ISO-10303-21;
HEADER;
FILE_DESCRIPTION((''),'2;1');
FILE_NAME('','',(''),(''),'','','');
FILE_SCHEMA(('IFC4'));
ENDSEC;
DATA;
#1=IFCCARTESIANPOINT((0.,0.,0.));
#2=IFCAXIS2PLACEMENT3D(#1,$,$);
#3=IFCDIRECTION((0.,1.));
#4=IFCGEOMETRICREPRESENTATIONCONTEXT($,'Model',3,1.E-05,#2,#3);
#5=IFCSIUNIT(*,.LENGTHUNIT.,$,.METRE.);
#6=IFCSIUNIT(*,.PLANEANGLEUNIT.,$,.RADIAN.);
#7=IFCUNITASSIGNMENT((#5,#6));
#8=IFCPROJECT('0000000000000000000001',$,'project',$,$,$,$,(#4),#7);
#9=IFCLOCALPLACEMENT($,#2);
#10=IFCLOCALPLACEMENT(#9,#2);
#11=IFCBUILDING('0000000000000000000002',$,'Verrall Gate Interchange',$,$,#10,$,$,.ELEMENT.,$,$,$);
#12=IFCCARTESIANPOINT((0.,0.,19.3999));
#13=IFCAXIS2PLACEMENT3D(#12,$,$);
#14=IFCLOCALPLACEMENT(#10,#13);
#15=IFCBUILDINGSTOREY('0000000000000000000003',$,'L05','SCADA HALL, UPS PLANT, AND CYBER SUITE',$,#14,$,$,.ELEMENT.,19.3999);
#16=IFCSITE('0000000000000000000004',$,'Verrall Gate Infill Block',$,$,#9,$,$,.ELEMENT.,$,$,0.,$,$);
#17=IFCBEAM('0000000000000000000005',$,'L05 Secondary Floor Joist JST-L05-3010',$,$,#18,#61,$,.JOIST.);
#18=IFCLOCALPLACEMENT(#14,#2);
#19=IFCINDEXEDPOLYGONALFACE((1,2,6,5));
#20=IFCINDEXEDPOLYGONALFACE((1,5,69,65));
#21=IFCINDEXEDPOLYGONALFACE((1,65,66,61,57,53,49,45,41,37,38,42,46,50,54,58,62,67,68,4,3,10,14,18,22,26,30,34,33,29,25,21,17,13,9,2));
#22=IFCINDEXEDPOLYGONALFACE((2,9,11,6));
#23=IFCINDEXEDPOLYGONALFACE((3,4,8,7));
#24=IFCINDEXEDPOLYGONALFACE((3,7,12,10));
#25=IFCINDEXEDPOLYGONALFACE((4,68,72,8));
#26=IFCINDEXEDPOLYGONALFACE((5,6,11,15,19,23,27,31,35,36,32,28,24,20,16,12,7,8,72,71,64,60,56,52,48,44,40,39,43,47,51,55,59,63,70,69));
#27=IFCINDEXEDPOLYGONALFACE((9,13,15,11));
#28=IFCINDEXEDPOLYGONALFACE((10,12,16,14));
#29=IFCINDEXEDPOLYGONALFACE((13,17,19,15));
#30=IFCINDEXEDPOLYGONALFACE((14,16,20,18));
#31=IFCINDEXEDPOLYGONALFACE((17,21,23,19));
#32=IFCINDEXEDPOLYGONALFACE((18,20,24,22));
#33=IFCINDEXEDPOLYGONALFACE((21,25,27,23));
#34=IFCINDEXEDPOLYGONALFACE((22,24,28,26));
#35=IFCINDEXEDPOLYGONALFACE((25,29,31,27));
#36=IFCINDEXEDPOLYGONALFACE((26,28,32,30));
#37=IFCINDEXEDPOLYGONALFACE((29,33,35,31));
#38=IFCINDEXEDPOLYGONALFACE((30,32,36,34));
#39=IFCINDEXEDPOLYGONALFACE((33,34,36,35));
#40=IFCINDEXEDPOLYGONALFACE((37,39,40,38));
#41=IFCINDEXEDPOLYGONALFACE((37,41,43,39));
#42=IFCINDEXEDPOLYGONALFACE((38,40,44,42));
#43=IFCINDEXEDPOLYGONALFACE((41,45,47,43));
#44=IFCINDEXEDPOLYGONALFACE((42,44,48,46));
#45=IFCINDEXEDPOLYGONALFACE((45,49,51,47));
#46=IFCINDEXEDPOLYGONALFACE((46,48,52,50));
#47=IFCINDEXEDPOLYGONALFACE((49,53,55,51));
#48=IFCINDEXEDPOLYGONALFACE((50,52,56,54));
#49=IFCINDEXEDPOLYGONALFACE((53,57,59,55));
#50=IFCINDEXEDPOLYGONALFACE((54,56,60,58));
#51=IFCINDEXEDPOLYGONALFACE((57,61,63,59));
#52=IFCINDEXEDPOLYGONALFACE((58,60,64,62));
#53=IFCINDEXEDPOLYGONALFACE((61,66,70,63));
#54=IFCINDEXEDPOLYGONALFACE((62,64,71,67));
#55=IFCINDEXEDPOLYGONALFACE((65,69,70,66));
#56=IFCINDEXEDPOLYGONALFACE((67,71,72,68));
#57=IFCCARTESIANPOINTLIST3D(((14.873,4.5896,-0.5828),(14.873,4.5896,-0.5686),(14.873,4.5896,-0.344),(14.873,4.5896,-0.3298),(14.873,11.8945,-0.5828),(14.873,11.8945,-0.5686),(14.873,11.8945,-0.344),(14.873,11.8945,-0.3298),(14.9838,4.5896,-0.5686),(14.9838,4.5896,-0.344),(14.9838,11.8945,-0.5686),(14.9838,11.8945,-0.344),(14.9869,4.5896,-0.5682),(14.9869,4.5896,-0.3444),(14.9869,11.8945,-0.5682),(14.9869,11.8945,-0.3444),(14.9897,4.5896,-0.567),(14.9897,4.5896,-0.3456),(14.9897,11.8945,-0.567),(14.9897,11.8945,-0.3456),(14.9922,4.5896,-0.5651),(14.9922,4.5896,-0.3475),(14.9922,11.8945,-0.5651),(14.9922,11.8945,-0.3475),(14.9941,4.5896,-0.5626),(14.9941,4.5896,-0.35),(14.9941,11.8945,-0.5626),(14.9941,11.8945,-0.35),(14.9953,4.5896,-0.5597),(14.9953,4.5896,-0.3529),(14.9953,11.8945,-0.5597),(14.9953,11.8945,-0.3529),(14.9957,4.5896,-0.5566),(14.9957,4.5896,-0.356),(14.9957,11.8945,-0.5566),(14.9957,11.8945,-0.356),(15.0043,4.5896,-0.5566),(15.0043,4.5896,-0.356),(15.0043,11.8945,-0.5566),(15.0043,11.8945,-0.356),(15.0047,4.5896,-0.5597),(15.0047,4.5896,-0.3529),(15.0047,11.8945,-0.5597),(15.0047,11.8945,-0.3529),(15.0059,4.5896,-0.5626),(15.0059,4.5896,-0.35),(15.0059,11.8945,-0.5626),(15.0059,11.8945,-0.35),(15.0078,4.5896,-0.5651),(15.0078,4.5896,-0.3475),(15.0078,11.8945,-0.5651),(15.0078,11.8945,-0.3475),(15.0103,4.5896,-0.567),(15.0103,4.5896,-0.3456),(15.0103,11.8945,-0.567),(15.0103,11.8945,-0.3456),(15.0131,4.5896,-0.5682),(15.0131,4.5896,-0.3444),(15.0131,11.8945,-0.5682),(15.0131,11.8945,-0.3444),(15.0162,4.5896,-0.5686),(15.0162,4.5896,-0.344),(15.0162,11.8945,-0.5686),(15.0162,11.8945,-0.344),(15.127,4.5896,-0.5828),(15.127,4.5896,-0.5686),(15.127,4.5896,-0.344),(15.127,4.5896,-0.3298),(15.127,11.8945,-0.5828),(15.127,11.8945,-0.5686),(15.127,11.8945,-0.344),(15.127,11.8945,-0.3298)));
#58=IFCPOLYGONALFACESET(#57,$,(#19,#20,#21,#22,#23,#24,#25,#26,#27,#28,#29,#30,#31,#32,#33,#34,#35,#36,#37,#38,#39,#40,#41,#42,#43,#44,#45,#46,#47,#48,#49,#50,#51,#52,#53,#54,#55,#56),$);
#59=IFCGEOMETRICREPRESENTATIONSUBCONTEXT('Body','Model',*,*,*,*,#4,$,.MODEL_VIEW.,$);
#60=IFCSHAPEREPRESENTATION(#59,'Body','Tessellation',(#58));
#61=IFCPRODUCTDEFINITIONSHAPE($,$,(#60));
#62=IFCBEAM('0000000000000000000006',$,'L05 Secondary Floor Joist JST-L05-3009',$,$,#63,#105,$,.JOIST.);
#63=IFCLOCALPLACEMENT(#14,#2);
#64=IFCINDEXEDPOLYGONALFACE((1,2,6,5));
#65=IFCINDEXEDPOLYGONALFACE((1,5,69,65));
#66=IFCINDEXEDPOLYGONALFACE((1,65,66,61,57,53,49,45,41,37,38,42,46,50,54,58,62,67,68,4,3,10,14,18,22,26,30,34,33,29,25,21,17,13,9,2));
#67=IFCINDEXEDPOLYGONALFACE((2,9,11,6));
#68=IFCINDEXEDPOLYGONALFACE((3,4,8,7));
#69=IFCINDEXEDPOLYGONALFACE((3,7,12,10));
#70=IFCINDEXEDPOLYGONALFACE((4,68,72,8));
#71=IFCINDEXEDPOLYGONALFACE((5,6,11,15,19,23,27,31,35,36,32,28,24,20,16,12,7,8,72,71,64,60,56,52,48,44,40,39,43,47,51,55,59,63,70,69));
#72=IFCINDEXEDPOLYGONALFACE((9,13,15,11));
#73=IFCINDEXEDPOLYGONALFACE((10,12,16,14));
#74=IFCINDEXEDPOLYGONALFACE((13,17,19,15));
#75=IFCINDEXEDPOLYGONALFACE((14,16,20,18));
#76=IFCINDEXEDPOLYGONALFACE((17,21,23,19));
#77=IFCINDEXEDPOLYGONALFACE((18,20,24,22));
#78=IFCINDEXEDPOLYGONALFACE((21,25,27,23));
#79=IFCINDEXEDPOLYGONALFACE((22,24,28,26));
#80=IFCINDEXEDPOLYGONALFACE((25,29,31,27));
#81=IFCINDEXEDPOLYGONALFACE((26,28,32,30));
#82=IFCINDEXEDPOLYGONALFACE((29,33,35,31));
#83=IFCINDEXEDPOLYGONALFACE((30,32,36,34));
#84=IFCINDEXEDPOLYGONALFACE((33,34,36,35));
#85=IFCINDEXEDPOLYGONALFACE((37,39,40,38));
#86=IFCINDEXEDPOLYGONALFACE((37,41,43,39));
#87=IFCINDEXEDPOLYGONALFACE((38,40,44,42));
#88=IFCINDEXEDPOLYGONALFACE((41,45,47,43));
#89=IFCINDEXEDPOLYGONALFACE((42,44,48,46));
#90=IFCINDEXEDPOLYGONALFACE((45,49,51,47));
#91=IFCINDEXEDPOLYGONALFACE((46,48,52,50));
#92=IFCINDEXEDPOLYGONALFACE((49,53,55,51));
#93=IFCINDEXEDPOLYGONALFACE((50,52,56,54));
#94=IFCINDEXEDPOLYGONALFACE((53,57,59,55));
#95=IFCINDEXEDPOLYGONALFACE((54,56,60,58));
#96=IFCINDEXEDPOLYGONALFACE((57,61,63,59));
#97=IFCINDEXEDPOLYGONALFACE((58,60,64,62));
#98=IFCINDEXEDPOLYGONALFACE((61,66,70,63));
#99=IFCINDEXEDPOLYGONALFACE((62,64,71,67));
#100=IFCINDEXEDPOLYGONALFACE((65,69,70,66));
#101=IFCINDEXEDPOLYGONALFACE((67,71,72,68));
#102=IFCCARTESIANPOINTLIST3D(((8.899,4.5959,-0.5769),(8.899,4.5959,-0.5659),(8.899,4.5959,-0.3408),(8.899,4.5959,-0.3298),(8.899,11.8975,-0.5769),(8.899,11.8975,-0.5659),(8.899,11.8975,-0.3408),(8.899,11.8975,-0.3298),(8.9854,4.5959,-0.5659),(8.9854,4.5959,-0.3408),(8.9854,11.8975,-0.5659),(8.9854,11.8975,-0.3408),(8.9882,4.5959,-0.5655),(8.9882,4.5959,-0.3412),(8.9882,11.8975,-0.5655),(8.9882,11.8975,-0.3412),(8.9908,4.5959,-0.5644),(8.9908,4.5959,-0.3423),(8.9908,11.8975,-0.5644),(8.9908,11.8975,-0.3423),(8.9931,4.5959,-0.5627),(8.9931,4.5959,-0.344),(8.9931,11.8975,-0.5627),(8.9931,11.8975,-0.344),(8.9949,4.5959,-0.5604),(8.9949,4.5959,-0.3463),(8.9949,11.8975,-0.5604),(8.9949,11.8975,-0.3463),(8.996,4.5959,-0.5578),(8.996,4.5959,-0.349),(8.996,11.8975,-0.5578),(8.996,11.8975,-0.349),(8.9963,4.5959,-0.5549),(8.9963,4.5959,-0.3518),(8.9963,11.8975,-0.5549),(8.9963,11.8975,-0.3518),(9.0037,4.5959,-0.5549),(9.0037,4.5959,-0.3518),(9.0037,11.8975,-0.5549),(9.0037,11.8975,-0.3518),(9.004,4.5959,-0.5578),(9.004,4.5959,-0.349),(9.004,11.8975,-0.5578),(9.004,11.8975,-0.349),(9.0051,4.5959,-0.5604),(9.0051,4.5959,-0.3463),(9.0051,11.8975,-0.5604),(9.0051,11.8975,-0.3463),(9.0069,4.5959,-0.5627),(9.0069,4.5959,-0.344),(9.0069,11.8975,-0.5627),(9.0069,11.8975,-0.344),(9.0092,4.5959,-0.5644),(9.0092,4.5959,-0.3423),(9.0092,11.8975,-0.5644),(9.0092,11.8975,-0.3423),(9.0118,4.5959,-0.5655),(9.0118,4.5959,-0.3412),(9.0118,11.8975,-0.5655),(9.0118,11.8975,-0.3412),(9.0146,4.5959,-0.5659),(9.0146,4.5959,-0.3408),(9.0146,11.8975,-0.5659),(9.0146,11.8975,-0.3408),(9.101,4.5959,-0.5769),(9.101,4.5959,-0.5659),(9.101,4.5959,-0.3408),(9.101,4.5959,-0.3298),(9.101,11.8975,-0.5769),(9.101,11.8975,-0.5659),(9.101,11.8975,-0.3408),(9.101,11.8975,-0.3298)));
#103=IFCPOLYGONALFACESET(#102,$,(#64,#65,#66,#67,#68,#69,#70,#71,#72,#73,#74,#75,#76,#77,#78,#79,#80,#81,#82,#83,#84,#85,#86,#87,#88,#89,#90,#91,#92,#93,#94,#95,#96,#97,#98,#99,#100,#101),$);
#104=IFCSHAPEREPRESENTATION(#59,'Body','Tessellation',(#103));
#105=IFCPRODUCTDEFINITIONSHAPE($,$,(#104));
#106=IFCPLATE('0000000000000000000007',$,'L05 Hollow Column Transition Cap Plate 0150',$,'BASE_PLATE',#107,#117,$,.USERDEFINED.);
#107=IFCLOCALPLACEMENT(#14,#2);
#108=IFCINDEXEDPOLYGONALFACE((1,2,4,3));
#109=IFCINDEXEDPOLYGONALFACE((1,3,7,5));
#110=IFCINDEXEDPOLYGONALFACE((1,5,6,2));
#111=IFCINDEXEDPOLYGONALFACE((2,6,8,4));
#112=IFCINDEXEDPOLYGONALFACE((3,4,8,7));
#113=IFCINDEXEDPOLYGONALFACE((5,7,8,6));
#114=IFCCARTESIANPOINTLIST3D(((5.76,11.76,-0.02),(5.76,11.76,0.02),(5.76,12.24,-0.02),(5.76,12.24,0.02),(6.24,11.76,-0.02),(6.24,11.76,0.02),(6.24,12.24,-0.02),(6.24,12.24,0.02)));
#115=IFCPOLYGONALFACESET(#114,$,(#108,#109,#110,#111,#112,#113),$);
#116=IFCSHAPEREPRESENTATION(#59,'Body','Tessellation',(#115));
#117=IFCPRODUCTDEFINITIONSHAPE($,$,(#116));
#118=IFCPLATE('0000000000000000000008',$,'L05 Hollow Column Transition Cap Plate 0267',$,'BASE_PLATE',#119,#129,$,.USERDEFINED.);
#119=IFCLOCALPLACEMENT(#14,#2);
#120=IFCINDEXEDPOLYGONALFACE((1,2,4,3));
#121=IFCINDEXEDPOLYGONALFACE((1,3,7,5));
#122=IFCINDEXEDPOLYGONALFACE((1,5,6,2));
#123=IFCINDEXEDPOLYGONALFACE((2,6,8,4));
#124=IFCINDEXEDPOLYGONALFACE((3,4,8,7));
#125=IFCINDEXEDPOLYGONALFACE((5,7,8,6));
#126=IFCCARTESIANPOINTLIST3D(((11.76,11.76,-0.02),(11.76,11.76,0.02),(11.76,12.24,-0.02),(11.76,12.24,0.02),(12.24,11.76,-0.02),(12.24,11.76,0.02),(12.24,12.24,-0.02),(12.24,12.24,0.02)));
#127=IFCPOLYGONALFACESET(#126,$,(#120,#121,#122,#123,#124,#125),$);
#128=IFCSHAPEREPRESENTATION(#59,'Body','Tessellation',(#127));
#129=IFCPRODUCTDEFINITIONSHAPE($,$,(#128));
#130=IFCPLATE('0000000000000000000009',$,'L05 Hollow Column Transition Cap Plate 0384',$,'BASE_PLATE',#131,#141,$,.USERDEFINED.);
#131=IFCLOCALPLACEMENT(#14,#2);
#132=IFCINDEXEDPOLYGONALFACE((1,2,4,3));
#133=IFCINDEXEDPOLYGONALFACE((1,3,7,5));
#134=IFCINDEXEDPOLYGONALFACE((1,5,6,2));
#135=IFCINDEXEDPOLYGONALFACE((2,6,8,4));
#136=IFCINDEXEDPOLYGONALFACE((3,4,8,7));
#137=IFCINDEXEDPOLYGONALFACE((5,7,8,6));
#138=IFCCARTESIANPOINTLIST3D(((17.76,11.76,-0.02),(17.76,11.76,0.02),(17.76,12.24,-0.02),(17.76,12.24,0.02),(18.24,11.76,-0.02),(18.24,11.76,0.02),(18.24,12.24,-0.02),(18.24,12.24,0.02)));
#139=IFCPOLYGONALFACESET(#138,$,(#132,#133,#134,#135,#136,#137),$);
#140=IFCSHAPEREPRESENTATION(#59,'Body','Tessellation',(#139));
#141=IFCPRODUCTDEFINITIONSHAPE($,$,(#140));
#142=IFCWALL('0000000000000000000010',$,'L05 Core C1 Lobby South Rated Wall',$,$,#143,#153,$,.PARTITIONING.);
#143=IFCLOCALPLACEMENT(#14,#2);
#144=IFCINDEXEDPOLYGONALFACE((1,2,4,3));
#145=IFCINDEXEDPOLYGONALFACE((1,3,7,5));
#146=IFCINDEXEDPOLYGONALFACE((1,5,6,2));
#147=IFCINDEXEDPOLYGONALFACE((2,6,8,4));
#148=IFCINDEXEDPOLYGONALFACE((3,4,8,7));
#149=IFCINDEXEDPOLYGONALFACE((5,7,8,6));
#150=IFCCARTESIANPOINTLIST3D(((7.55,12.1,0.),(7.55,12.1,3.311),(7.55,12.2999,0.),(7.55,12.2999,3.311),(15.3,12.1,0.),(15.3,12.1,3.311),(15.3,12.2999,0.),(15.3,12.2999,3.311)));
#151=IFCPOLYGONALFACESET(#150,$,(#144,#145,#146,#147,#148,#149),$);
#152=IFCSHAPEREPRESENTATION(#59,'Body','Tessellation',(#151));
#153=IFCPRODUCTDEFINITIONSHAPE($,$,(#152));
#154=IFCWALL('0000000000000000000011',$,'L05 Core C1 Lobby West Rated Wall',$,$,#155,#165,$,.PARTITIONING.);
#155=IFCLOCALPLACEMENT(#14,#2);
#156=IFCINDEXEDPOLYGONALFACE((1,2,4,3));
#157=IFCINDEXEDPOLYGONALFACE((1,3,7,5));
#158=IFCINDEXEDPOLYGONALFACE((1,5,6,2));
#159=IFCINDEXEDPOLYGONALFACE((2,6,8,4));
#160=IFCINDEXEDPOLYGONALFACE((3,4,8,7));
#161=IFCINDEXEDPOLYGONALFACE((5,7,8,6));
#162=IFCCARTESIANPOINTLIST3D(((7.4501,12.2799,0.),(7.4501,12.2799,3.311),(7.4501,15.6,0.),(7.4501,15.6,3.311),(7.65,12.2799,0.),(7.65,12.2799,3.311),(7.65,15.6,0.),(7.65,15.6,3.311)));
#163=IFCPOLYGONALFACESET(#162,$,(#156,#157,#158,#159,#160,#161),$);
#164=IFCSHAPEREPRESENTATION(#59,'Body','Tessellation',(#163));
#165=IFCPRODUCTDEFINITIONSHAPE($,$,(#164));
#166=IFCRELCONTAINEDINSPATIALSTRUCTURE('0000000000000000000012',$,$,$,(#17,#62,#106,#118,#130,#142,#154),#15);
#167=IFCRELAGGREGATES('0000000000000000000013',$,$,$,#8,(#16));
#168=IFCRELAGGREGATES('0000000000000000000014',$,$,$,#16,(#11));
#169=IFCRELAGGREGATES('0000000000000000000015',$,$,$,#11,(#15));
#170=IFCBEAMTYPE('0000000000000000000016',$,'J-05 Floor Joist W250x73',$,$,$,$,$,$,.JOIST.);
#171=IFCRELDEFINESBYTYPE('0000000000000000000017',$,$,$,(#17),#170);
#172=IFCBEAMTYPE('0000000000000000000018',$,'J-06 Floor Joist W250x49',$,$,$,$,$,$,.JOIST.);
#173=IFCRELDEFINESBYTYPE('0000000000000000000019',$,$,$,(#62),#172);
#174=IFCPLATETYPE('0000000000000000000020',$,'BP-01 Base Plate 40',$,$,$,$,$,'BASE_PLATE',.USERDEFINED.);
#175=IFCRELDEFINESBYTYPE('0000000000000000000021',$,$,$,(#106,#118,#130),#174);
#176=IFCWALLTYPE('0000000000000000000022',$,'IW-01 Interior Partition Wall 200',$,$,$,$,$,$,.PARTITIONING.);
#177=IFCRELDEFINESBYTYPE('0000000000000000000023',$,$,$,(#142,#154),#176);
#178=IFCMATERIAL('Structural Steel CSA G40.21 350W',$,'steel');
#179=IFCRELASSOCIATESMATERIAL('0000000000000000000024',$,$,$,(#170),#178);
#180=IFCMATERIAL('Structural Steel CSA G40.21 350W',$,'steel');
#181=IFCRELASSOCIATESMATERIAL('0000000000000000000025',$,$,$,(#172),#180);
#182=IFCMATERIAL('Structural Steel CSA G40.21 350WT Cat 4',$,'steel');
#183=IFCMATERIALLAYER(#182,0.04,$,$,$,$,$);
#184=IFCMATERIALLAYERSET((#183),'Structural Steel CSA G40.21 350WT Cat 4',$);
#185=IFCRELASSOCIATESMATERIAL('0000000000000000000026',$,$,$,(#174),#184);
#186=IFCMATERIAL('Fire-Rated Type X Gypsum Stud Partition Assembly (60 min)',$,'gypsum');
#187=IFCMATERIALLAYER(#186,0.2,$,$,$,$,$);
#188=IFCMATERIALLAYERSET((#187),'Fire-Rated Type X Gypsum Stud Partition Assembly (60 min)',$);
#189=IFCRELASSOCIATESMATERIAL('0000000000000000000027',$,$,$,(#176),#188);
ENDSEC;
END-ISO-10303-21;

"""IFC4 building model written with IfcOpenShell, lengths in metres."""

from ifc_helpers import new_model, si_unit, direction, frame, frame_2d, origin, origin_2d, place, context, subcontext, project, spatial, rectangle, i_section, extrude, material, layer, layer_set, material_profile, profile_set, type_object, element, save


model = new_model("IFC4")

# Units and contexts
model_context = context("Model", 3, precision=1e-05, world=origin(), true_north=direction((0.0, 1.0)))
body_context = subcontext(model_context, "Body", "Model", "MODEL_VIEW")
ifc_project = project(units=[si_unit("LENGTHUNIT", "METRE"), si_unit("PLANEANGLEUNIT", "RADIAN")], contexts=[model_context])

# Site, building, storey
site_placement = place(None, origin())
site = spatial("IfcSite", under=ifc_project, at=site_placement, Name="Verrall Gate Infill Block", CompositionType="ELEMENT", RefElevation=0.0)
building_placement = place(site_placement, origin())
building = spatial("IfcBuilding", under=site, at=building_placement, Name="Verrall Gate Interchange", CompositionType="ELEMENT")
storey_placement = place(building_placement, frame((0.0, 0.0, 19.3999)))
storey = spatial("IfcBuildingStorey", under=building, at=storey_placement, Name="L05", Description="SCADA HALL, UPS PLANT, AND CYBER SUITE", CompositionType="ELEMENT", Elevation=19.3999)

# Beams
ifc_material_1 = material(Name="Structural Steel CSA G40.21 350W", Category="steel")
ifc_material_profile_1 = material_profile(ifc_material_1, i_section(OverallWidth=0.2539, OverallDepth=0.2529, WebThickness=0.0085, FlangeThickness=0.0142, FilletRadius=0.012, at=origin_2d()), Name="W250x73")
ifc_profile_set_1 = profile_set([ifc_material_profile_1], Name="Structural Steel CSA G40.21 350W")
beam_type_1 = type_object("IfcBeamType", Name="J-05 Floor Joist W250x73", PredefinedType="JOIST", material=ifc_profile_set_1)
beam_1_placement = place(storey_placement, frame((15.0, 4.5896, -0.4563), z_axis=(0.0, 1.0, 0.0), x_axis=(-1.0, 0.0, 0.0)))
element("IfcBeam", 1, at=beam_1_placement, inside=storey, type_object=beam_type_1, Name="L05 Secondary Floor Joist JST-L05-3010", PredefinedType="JOIST", context=body_context, shape_type="SweptSolid", body=[
    extrude(i_section(OverallWidth=0.2539, OverallDepth=0.2529, WebThickness=0.0085, FlangeThickness=0.0142, FilletRadius=0.012, at=origin_2d()), origin(), (0.0, 0.0, 1.0), 7.3049),
])
ifc_material_2 = material(Name="Structural Steel CSA G40.21 350W", Category="steel")
ifc_material_profile_2 = material_profile(ifc_material_2, i_section(OverallWidth=0.2019, OverallDepth=0.2471, WebThickness=0.0073, FlangeThickness=0.011, FilletRadius=0.011, at=origin_2d()), Name="W250x49")
ifc_profile_set_2 = profile_set([ifc_material_profile_2], Name="Structural Steel CSA G40.21 350W")
beam_type_2 = type_object("IfcBeamType", Name="J-06 Floor Joist W250x49", PredefinedType="JOIST", material=ifc_profile_set_2)
beam_2_placement = place(storey_placement, frame((9.0, 4.5959, -0.4534), z_axis=(0.0, 1.0, 0.0), x_axis=(-1.0, 0.0, 0.0)))
element("IfcBeam", 2, at=beam_2_placement, inside=storey, type_object=beam_type_2, Name="L05 Secondary Floor Joist JST-L05-3009", PredefinedType="JOIST", context=body_context, shape_type="SweptSolid", body=[
    extrude(i_section(OverallWidth=0.2019, OverallDepth=0.2471, WebThickness=0.0073, FlangeThickness=0.011, FilletRadius=0.011, at=origin_2d()), origin(), (0.0, 0.0, 1.0), 7.3015),
])

# Plates
ifc_material_3 = material(Name="Structural Steel CSA G40.21 350WT Cat 4", Category="steel")
ifc_layer_1 = layer(ifc_material_3, 0.04)
ifc_layer_set_1 = layer_set([ifc_layer_1], Name="Structural Steel CSA G40.21 350WT Cat 4")
plate_type = type_object("IfcPlateType", Name="BP-01 Base Plate 40", ElementType="BASE_PLATE", PredefinedType="USERDEFINED", material=ifc_layer_set_1)
for number, where, z_axis, x_axis, name in (
    (3, (6.0, 12.0, -0.02), (0.0, 0.0, 1.0), (1.0, 0.0, 0.0), "L05 Hollow Column Transition Cap Plate 0150"),
    (4, (12.0, 12.0, -0.02), (0.0, 0.0, 1.0), (1.0, 0.0, 0.0), "L05 Hollow Column Transition Cap Plate 0267"),
    (5, (18.0, 12.0, -0.02), (0.0, 0.0, 1.0), (1.0, 0.0, 0.0), "L05 Hollow Column Transition Cap Plate 0384"),
):
    element("IfcPlate", number, at=place(storey_placement, frame(where, z_axis=z_axis, x_axis=x_axis)), inside=storey, type_object=plate_type, Name=name, ObjectType="BASE_PLATE", PredefinedType="USERDEFINED", context=body_context, shape_type="SweptSolid", body=[
        extrude(rectangle(XDim=0.48, YDim=0.48, at=origin_2d()), origin(), (0.0, 0.0, 1.0), 0.04),
    ])

# Walls
ifc_material_4 = material(Name="Fire-Rated Type X Gypsum Stud Partition Assembly (60 min)", Category="gypsum")
ifc_layer_2 = layer(ifc_material_4, 0.2)
ifc_layer_set_2 = layer_set([ifc_layer_2], Name="Fire-Rated Type X Gypsum Stud Partition Assembly (60 min)")
wall_type_1 = type_object("IfcWallType", Name="IW-01 Interior Partition Wall 200", PredefinedType="PARTITIONING", material=ifc_layer_set_2)
wall_1_placement = place(storey_placement, frame((7.55, 12.2, 0.0), z_axis=(0.0, 0.0, 1.0), x_axis=(1.0, 0.0, 0.0)))
element("IfcWall", 6, at=wall_1_placement, inside=storey, type_object=wall_type_1, Name="L05 Core C1 Lobby South Rated Wall", PredefinedType="PARTITIONING", context=body_context, shape_type="SweptSolid", body=[
    extrude(rectangle(XDim=7.75, YDim=0.2, at=frame_2d((3.875, 0.0))), origin(), (0.0, 0.0, 1.0), 3.311),
])
wall_2_placement = place(storey_placement, frame((7.55, 15.6001, 0.0), z_axis=(0.0, 0.0, 1.0), x_axis=(0.0, -1.0, 0.0)))
element("IfcWall", 7, at=wall_2_placement, inside=storey, type_object=wall_type_1, Name="L05 Core C1 Lobby West Rated Wall", PredefinedType="PARTITIONING", context=body_context, shape_type="SweptSolid", body=[
    extrude(rectangle(XDim=3.3201, YDim=0.2, at=frame_2d((1.6602, 0.0))), origin(), (0.0, 0.0, 1.0), 3.311),
])

save(model, "model.ifc")
